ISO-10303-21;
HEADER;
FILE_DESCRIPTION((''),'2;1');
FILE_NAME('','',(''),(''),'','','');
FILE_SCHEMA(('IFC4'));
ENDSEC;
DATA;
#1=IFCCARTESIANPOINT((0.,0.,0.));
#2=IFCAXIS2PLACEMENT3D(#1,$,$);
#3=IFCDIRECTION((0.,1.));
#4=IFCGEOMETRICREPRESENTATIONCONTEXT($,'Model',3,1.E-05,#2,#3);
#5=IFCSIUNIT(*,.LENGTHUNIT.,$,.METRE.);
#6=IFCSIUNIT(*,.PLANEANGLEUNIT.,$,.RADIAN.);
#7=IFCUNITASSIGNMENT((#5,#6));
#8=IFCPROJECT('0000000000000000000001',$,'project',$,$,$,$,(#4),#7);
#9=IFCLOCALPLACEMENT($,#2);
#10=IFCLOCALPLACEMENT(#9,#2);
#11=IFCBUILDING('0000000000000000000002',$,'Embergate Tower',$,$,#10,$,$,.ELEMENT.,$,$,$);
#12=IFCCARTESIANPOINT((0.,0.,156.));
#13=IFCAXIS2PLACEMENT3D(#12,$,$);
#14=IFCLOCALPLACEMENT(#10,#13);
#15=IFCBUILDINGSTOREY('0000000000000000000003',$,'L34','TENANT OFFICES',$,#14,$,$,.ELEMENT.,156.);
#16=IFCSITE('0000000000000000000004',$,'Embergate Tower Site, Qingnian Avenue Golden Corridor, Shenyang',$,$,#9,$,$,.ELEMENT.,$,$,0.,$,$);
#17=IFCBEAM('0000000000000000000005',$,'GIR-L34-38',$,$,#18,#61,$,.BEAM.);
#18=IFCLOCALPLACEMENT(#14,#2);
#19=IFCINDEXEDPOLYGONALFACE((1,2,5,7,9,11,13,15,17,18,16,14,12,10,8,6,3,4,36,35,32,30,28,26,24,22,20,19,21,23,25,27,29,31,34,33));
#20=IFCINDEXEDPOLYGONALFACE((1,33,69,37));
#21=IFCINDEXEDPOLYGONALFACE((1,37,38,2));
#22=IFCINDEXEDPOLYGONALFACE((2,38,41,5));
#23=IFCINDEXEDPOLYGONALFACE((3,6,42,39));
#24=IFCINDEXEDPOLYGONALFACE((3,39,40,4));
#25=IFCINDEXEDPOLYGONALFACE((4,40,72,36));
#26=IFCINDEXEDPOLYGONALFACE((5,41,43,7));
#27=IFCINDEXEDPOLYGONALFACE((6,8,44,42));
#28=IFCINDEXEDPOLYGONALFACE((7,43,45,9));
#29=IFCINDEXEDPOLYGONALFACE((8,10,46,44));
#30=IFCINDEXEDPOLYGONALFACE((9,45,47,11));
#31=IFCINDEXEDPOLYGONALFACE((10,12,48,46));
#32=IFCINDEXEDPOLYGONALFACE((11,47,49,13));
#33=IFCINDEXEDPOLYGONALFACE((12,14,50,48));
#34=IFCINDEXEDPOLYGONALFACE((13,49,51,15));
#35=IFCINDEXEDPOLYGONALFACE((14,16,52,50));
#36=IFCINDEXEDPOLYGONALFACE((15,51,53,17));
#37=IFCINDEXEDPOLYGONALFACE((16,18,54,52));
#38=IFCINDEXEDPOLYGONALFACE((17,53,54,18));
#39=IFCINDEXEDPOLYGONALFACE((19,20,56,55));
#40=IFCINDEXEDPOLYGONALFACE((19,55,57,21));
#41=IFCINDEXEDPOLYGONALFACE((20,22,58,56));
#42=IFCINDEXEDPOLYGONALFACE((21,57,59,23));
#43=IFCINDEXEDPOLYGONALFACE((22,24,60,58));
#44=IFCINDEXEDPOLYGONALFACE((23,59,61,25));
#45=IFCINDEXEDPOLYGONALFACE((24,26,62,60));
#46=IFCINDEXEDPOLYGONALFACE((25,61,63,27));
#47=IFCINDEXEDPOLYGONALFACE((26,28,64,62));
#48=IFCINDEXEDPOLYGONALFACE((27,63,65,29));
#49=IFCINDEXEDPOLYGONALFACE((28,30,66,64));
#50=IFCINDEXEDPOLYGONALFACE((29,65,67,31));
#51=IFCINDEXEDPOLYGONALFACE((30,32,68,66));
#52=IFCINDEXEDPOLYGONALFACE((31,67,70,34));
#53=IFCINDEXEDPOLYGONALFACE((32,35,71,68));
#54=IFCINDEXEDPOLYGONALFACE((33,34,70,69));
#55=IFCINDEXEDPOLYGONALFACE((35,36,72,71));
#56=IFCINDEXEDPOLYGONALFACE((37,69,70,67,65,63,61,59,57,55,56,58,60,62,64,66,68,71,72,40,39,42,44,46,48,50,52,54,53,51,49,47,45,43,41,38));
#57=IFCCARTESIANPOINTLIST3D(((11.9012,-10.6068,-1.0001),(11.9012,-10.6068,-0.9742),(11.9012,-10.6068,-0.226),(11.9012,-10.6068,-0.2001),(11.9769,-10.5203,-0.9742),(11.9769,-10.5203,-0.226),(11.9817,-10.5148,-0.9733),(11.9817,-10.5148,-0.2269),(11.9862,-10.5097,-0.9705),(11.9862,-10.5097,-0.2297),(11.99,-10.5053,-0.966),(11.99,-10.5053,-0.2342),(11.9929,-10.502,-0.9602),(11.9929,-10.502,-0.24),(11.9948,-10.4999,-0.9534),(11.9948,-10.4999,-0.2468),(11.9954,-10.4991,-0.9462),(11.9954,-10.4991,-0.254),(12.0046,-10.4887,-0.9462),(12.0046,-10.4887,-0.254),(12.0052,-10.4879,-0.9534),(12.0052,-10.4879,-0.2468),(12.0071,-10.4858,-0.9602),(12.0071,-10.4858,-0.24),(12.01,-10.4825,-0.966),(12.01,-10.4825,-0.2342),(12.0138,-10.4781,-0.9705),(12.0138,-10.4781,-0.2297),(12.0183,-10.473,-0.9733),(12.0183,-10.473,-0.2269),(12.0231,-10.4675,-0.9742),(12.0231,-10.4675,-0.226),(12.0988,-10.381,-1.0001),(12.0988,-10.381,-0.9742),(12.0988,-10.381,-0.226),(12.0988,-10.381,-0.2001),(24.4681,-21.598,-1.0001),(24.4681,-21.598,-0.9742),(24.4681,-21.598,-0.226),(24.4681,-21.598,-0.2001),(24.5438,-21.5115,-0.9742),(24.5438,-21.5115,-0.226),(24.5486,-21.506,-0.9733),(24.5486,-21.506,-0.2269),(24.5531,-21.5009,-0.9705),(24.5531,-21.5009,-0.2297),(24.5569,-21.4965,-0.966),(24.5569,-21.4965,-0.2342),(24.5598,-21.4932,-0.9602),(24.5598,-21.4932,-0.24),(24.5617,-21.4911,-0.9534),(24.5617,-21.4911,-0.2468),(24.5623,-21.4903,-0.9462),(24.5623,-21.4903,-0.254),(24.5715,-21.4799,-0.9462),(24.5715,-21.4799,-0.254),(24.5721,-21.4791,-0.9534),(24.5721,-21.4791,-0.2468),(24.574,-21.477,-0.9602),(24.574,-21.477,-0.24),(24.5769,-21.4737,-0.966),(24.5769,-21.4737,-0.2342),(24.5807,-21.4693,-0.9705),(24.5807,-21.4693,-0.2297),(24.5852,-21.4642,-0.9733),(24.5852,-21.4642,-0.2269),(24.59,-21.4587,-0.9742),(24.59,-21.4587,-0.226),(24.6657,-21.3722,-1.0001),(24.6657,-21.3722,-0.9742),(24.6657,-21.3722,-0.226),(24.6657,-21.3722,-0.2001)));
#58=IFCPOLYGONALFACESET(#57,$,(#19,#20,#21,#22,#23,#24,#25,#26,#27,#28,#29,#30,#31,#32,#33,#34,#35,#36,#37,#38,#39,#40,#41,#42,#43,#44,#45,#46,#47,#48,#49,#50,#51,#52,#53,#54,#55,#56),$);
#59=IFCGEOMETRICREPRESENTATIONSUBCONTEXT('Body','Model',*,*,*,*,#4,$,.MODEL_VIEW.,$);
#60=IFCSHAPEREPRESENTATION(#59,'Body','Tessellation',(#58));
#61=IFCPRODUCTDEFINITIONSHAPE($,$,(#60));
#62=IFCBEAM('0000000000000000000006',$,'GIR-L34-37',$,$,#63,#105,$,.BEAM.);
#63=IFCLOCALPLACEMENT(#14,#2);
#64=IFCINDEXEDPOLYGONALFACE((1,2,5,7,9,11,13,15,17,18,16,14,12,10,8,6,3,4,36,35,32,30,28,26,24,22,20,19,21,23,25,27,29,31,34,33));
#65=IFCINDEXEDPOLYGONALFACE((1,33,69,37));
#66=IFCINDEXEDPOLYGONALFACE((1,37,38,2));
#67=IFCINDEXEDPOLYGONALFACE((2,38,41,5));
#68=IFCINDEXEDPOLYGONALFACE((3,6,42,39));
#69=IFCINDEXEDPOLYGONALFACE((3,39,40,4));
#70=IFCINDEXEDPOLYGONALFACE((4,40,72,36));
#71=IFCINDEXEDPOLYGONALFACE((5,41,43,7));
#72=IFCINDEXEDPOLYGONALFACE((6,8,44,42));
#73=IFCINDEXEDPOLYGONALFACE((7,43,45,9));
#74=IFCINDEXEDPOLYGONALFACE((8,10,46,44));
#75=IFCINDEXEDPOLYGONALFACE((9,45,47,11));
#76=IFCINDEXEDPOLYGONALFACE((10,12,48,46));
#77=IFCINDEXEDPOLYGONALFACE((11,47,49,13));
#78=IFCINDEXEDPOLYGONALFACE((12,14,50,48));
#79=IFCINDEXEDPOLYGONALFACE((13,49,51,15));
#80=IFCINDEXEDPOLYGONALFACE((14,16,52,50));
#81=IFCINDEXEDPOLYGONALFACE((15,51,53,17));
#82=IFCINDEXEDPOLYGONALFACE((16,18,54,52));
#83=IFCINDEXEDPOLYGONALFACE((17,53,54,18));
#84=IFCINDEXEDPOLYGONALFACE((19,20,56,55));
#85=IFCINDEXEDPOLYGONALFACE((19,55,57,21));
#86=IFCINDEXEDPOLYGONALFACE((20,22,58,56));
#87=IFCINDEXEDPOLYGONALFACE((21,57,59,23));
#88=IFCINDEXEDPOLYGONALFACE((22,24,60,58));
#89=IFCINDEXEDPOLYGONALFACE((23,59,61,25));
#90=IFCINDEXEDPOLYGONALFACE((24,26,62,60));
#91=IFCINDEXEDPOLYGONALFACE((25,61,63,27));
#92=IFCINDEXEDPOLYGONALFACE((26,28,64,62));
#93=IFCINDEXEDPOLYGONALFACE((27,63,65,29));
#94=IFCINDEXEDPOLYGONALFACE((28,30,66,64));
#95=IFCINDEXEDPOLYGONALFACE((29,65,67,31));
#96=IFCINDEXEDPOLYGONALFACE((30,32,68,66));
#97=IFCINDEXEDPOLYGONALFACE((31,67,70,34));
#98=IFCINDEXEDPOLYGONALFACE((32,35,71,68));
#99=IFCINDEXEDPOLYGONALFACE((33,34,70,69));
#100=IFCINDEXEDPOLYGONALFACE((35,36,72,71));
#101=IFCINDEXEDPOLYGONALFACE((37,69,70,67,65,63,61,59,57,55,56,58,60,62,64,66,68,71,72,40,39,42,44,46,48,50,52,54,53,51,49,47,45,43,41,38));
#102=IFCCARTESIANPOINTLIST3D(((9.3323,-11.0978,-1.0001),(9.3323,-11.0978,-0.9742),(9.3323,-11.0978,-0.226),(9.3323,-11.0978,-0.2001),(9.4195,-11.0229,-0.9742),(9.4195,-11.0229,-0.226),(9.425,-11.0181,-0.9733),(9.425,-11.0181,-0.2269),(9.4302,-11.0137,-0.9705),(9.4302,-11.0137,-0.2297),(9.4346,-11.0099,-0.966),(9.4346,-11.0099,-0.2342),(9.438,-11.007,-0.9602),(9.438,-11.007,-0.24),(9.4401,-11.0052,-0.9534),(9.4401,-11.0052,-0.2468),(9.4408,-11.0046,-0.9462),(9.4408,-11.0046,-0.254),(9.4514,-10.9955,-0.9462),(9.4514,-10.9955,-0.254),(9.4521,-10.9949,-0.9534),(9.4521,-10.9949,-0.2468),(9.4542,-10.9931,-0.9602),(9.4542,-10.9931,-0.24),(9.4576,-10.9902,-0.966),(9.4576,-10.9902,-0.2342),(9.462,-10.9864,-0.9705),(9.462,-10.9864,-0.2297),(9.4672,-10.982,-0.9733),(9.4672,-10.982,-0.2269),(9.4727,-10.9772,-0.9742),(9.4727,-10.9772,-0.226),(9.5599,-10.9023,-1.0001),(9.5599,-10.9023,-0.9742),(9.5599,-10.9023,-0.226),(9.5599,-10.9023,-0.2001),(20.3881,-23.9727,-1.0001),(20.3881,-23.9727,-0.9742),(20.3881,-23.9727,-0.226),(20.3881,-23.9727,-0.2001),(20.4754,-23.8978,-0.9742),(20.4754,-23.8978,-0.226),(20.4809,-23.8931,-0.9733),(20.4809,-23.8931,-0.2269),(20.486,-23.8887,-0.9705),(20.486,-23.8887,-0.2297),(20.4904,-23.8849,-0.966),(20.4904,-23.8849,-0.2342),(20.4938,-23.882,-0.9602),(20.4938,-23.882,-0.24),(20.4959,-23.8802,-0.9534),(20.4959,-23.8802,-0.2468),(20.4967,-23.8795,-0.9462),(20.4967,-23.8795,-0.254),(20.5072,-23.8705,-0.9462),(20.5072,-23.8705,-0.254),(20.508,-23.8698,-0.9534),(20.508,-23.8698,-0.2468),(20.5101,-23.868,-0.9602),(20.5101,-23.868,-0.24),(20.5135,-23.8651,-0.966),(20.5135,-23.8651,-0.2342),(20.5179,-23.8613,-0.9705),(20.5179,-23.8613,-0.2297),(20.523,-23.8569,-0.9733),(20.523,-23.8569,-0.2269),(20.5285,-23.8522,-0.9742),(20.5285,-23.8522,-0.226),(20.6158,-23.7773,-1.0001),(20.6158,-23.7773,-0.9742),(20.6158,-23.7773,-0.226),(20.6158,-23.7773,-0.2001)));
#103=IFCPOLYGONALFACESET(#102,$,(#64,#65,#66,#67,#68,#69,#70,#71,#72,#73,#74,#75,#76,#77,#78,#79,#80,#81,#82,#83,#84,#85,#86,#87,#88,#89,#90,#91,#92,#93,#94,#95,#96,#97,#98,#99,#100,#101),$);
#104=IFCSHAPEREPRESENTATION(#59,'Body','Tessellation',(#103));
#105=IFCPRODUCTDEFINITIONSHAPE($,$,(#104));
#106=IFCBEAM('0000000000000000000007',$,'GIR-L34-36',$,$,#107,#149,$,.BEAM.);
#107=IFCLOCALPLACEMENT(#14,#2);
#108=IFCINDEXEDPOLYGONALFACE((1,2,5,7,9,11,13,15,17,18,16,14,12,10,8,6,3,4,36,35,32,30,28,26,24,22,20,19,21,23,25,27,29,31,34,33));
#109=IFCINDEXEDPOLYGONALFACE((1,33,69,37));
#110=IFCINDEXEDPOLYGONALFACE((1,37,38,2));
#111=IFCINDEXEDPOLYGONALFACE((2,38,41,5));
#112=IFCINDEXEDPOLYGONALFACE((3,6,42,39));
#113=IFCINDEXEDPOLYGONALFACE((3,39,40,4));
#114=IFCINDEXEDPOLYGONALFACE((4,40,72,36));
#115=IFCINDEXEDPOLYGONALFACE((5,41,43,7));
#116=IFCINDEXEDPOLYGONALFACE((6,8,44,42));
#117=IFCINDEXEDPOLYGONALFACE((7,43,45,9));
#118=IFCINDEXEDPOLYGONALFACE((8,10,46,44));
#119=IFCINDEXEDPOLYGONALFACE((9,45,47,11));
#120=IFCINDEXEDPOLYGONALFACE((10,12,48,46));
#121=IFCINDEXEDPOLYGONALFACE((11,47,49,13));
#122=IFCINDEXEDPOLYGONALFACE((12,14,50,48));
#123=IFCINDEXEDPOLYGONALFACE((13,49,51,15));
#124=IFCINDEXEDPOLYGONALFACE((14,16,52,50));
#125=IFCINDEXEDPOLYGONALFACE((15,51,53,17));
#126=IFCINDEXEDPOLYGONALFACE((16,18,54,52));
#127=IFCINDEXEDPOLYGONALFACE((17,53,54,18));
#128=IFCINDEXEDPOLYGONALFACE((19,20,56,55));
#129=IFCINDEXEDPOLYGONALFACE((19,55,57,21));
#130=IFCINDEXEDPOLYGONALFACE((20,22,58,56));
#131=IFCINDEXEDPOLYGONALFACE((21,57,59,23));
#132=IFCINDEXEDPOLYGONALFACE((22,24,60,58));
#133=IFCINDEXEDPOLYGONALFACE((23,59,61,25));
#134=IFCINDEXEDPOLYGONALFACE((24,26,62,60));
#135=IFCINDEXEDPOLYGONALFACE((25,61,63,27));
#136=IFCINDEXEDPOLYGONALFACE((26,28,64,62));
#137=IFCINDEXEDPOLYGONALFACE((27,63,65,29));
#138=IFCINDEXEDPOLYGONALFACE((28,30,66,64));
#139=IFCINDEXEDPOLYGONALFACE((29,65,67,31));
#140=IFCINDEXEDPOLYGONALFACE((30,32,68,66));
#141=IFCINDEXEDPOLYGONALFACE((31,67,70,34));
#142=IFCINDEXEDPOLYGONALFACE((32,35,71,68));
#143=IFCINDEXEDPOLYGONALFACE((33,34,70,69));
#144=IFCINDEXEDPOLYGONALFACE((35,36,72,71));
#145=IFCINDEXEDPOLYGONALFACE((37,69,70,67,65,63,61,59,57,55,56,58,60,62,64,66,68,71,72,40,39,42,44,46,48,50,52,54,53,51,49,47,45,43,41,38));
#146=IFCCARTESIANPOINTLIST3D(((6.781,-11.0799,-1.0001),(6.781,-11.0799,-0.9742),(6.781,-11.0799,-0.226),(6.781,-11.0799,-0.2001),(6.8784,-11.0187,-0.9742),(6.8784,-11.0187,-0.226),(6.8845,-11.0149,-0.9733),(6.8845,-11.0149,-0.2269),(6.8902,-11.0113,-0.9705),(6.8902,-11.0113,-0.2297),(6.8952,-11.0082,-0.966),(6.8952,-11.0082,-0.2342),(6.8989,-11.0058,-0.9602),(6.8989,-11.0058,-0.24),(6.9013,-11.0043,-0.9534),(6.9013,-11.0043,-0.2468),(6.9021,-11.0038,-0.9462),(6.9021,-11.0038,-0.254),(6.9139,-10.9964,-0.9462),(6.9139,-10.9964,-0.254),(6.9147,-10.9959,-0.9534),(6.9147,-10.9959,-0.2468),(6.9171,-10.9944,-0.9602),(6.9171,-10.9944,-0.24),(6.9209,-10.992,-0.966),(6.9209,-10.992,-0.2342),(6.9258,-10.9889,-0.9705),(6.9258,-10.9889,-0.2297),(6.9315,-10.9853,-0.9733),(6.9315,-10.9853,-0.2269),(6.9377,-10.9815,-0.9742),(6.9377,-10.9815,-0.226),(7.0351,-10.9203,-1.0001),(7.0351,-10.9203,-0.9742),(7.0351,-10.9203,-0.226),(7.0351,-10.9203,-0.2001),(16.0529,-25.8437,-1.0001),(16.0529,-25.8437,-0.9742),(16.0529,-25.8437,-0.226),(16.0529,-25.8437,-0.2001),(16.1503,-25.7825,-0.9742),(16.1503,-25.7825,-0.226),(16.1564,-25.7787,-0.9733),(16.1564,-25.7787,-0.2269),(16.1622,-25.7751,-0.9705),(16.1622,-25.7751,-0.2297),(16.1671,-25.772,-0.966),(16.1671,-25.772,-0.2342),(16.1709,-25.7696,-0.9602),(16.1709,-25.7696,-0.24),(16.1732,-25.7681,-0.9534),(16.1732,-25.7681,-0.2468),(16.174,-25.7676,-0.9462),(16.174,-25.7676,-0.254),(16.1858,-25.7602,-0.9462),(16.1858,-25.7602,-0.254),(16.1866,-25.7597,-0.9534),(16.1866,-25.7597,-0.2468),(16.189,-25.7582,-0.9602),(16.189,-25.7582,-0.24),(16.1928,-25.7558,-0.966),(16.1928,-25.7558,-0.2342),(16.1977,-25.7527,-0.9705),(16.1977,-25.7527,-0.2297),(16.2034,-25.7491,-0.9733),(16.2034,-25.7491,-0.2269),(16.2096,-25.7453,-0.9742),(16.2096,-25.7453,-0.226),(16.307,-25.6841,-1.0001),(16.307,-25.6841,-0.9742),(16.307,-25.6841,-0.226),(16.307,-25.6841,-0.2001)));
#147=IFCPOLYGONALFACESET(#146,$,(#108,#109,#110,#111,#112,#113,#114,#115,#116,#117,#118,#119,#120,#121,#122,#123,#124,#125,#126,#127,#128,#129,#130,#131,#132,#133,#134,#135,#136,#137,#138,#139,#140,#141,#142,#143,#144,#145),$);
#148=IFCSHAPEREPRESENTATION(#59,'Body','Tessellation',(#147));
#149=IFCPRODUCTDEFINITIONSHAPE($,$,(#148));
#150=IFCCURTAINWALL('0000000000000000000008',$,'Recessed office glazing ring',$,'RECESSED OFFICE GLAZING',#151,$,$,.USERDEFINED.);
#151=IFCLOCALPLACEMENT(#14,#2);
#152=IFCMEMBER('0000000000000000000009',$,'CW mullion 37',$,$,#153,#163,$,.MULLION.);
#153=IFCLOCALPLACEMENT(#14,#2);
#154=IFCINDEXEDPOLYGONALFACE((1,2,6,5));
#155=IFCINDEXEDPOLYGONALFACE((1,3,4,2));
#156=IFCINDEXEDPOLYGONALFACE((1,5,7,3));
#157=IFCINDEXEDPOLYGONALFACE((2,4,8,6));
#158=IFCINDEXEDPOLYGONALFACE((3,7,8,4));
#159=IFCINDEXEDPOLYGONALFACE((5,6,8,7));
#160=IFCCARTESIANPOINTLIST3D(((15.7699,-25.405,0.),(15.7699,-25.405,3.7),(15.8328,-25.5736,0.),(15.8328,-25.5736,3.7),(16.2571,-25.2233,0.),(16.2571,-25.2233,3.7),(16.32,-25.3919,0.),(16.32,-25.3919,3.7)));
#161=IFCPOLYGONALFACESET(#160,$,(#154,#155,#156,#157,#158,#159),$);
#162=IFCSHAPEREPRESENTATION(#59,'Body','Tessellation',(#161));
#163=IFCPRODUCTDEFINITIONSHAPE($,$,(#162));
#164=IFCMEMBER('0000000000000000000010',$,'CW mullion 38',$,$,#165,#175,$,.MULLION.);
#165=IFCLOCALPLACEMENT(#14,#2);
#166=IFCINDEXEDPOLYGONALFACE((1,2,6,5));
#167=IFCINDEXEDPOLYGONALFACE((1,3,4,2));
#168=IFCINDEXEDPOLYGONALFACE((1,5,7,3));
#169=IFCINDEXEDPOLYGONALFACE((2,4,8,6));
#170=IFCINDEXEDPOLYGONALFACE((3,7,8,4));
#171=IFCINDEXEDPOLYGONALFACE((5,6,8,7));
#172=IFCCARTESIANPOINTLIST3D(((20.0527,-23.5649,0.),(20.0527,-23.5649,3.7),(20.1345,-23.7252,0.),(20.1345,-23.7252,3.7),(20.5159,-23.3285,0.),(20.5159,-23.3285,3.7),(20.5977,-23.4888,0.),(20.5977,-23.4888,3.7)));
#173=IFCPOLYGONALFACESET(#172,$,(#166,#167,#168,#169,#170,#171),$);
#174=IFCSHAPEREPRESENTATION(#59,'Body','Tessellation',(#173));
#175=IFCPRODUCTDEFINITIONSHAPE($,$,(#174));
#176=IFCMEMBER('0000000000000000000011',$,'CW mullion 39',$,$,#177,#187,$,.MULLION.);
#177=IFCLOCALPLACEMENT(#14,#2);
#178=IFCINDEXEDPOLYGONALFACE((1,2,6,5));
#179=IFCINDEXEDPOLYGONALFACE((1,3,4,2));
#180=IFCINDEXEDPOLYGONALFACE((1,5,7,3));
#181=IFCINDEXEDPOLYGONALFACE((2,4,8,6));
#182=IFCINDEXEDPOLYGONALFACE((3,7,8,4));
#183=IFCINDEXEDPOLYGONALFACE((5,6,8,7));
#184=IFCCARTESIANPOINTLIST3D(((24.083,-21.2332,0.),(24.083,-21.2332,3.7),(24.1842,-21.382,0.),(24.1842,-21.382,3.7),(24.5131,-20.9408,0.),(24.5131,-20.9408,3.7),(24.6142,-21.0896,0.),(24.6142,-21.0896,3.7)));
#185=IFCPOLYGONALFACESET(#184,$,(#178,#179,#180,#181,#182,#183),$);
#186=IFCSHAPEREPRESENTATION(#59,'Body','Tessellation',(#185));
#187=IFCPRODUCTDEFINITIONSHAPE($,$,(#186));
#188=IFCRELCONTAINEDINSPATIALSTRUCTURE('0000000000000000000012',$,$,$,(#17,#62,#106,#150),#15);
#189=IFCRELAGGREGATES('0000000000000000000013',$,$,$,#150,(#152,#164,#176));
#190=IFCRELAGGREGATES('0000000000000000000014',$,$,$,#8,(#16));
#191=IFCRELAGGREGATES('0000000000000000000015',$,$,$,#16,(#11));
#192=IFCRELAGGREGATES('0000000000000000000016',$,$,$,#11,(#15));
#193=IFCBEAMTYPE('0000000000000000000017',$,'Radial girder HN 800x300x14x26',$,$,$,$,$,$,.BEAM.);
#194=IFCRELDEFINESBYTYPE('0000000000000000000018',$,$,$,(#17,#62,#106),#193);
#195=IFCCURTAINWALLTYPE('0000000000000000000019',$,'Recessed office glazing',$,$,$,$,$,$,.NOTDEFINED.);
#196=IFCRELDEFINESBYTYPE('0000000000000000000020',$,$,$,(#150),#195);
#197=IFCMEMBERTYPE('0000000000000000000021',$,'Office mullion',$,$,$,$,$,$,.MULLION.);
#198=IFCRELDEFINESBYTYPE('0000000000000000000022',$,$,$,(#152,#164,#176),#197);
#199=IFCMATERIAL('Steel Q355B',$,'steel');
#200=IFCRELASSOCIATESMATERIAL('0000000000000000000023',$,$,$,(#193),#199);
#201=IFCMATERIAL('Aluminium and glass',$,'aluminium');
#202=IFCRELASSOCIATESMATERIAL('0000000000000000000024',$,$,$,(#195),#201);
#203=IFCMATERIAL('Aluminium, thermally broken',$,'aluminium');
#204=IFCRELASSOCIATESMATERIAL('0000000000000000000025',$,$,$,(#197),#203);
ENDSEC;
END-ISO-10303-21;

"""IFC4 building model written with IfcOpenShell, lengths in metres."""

from ifc_helpers import new_model, si_unit, direction, frame, origin, origin_2d, place, context, subcontext, project, spatial, rectangle, i_section, extrude, source, transform, mapped, material, material_profile, profile_set, type_object, element, aggregate, save


model = new_model("IFC4")

# Units and contexts
model_context = context("Model", 3, precision=1e-05, world=origin(), true_north=direction((0.0, 1.0)))
body_context = subcontext(model_context, "Body", "Model", "MODEL_VIEW")
ifc_project = project(units=[si_unit("LENGTHUNIT", "METRE"), si_unit("PLANEANGLEUNIT", "RADIAN")], contexts=[model_context])

# Site, building, storey
site_placement = place(None, origin())
site = spatial("IfcSite", under=ifc_project, at=site_placement, Name="Embergate Tower Site, Qingnian Avenue Golden Corridor, Shenyang", CompositionType="ELEMENT", RefElevation=0.0)
building_placement = place(site_placement, origin())
building = spatial("IfcBuilding", under=site, at=building_placement, Name="Embergate Tower", CompositionType="ELEMENT")
storey_placement = place(building_placement, frame((0.0, 0.0, 156.0)))
storey = spatial("IfcBuildingStorey", under=building, at=storey_placement, Name="L34", Description="TENANT OFFICES", CompositionType="ELEMENT", Elevation=156.0)

# Beams
ifc_material_1 = material(Name="Steel Q355B", Category="steel")
ifc_material_profile_1 = material_profile(ifc_material_1, i_section(OverallWidth=0.3, OverallDepth=0.8, WebThickness=0.0139, FlangeThickness=0.0259, FilletRadius=0.0281, at=origin_2d()), Name="HN 800x300x14x26")
ifc_profile_set_1 = profile_set([ifc_material_profile_1], Name="Steel Q355 grade B")
beam_type_1 = type_object("IfcBeamType", Name="Radial girder HN 800x300x14x26", PredefinedType="BEAM", material=ifc_profile_set_1)
shared_shape_1 = source(origin(), body_context, "Body", "SweptSolid", [
    extrude(i_section(OverallWidth=0.3, OverallDepth=0.8, WebThickness=0.0139, FlangeThickness=0.0259, FilletRadius=0.0281, at=origin_2d()), origin(), (0.0, 0.0, 1.0), 16.6953),
])
beam_1_placement = place(storey_placement, frame((24.5669, -21.4851, -0.6001), z_axis=(-0.75272, 0.658341, 0.0), x_axis=(-0.658341, -0.75272, 0.0)))
element("IfcBeam", 1, at=beam_1_placement, inside=storey, type_object=beam_type_1, Name="GIR-L34-38", PredefinedType="BEAM", context=body_context, shape_type="MappedRepresentation", body=[
    mapped(shared_shape_1, transform((0.0, 0.0, 0.0))),
])
shared_shape_2 = source(origin(), body_context, "Body", "SweptSolid", [
    extrude(i_section(OverallWidth=0.3, OverallDepth=0.8, WebThickness=0.0139, FlangeThickness=0.0259, FilletRadius=0.0281, at=origin_2d()), origin(), (0.0, 0.0, 1.0), 16.9705),
])
beam_2_placement = place(storey_placement, frame((20.502, -23.875, -0.6001), z_axis=(-0.651477, 0.758668, 0.0), x_axis=(-0.758668, -0.651477, 0.0)))
element("IfcBeam", 2, at=beam_2_placement, inside=storey, type_object=beam_type_1, Name="GIR-L34-37", PredefinedType="BEAM", context=body_context, shape_type="MappedRepresentation", body=[
    mapped(shared_shape_2, transform((0.0, 0.0, 0.0))),
])
shared_shape_3 = source(origin(), body_context, "Body", "SweptSolid", [
    extrude(i_section(OverallWidth=0.3, OverallDepth=0.8, WebThickness=0.0139, FlangeThickness=0.0259, FilletRadius=0.0281, at=origin_2d()), origin(), (0.0, 0.0, 1.0), 17.4338),
])
beam_3_placement = place(storey_placement, frame((16.1799, -25.7639, -0.6001), z_axis=(-0.531834, 0.846848, 0.0), x_axis=(-0.846848, -0.531834, 0.0)))
element("IfcBeam", 3, at=beam_3_placement, inside=storey, type_object=beam_type_1, Name="GIR-L34-36", PredefinedType="BEAM", context=body_context, shape_type="MappedRepresentation", body=[
    mapped(shared_shape_3, transform((0.0, 0.0, 0.0))),
])

# Curtain wall, members
ifc_material_2 = material(Name="Aluminium and glass", Category="aluminium")
curtain_wall_type = type_object("IfcCurtainWallType", Name="Recessed office glazing", PredefinedType="NOTDEFINED", material=ifc_material_2)
curtain_wall_placement = place(storey_placement, origin())
curtain_wall = element("IfcCurtainWall", 4, at=curtain_wall_placement, inside=storey, type_object=curtain_wall_type, Name="Recessed office glazing ring", ObjectType="RECESSED OFFICE GLAZING", PredefinedType="USERDEFINED")
ifc_material_3 = material(Name="Aluminium, thermally broken", Category="aluminium")
ifc_material_profile_2 = material_profile(ifc_material_3, rectangle(XDim=0.1799, YDim=0.52, at=origin_2d()), Name="AL 520x180")
ifc_profile_set_2 = profile_set([ifc_material_profile_2], Name="Aluminium, thermally broken")
member_type_1 = type_object("IfcMemberType", Name="Office mullion", PredefinedType="MULLION", material=ifc_profile_set_2)
shared_shape_4 = source(origin(), body_context, "Body", "SweptSolid", [
    extrude(rectangle(XDim=0.1799, YDim=0.52, at=origin_2d()), origin(), (0.0, 0.0, 1.0), 3.7),
])
member_1_placement = place(storey_placement, frame((16.0449, -25.3984, 0.0), z_axis=(0.0, 0.0, 1.0), x_axis=(-0.349503, 0.936935, 0.0)))
member_1 = element("IfcMember", 5, at=member_1_placement, type_object=member_type_1, Name="CW mullion 37", PredefinedType="MULLION", context=body_context, shape_type="MappedRepresentation", body=[
    mapped(shared_shape_4, transform((0.0, 0.0, 0.0))),
])
member_2_placement = place(storey_placement, frame((20.3252, -23.5269, 0.0), z_axis=(0.0, 0.0, 1.0), x_axis=(-0.454511, 0.890741, 0.0)))
member_2 = element("IfcMember", 6, at=member_2_placement, type_object=member_type_1, Name="CW mullion 38", PredefinedType="MULLION", context=body_context, shape_type="MappedRepresentation", body=[
    mapped(shared_shape_4, transform((0.0, 0.0, 0.0))),
])
member_3_placement = place(storey_placement, frame((24.3486, -21.1614, 0.0), z_axis=(0.0, 0.0, 1.0), x_axis=(-0.562218, 0.826989, 0.0)))
member_3 = element("IfcMember", 7, at=member_3_placement, type_object=member_type_1, Name="CW mullion 39", PredefinedType="MULLION", context=body_context, shape_type="MappedRepresentation", body=[
    mapped(shared_shape_4, transform((0.0, 0.0, 0.0))),
])
aggregate(curtain_wall, [member_1, member_2, member_3])

save(model, "model.ifc")
